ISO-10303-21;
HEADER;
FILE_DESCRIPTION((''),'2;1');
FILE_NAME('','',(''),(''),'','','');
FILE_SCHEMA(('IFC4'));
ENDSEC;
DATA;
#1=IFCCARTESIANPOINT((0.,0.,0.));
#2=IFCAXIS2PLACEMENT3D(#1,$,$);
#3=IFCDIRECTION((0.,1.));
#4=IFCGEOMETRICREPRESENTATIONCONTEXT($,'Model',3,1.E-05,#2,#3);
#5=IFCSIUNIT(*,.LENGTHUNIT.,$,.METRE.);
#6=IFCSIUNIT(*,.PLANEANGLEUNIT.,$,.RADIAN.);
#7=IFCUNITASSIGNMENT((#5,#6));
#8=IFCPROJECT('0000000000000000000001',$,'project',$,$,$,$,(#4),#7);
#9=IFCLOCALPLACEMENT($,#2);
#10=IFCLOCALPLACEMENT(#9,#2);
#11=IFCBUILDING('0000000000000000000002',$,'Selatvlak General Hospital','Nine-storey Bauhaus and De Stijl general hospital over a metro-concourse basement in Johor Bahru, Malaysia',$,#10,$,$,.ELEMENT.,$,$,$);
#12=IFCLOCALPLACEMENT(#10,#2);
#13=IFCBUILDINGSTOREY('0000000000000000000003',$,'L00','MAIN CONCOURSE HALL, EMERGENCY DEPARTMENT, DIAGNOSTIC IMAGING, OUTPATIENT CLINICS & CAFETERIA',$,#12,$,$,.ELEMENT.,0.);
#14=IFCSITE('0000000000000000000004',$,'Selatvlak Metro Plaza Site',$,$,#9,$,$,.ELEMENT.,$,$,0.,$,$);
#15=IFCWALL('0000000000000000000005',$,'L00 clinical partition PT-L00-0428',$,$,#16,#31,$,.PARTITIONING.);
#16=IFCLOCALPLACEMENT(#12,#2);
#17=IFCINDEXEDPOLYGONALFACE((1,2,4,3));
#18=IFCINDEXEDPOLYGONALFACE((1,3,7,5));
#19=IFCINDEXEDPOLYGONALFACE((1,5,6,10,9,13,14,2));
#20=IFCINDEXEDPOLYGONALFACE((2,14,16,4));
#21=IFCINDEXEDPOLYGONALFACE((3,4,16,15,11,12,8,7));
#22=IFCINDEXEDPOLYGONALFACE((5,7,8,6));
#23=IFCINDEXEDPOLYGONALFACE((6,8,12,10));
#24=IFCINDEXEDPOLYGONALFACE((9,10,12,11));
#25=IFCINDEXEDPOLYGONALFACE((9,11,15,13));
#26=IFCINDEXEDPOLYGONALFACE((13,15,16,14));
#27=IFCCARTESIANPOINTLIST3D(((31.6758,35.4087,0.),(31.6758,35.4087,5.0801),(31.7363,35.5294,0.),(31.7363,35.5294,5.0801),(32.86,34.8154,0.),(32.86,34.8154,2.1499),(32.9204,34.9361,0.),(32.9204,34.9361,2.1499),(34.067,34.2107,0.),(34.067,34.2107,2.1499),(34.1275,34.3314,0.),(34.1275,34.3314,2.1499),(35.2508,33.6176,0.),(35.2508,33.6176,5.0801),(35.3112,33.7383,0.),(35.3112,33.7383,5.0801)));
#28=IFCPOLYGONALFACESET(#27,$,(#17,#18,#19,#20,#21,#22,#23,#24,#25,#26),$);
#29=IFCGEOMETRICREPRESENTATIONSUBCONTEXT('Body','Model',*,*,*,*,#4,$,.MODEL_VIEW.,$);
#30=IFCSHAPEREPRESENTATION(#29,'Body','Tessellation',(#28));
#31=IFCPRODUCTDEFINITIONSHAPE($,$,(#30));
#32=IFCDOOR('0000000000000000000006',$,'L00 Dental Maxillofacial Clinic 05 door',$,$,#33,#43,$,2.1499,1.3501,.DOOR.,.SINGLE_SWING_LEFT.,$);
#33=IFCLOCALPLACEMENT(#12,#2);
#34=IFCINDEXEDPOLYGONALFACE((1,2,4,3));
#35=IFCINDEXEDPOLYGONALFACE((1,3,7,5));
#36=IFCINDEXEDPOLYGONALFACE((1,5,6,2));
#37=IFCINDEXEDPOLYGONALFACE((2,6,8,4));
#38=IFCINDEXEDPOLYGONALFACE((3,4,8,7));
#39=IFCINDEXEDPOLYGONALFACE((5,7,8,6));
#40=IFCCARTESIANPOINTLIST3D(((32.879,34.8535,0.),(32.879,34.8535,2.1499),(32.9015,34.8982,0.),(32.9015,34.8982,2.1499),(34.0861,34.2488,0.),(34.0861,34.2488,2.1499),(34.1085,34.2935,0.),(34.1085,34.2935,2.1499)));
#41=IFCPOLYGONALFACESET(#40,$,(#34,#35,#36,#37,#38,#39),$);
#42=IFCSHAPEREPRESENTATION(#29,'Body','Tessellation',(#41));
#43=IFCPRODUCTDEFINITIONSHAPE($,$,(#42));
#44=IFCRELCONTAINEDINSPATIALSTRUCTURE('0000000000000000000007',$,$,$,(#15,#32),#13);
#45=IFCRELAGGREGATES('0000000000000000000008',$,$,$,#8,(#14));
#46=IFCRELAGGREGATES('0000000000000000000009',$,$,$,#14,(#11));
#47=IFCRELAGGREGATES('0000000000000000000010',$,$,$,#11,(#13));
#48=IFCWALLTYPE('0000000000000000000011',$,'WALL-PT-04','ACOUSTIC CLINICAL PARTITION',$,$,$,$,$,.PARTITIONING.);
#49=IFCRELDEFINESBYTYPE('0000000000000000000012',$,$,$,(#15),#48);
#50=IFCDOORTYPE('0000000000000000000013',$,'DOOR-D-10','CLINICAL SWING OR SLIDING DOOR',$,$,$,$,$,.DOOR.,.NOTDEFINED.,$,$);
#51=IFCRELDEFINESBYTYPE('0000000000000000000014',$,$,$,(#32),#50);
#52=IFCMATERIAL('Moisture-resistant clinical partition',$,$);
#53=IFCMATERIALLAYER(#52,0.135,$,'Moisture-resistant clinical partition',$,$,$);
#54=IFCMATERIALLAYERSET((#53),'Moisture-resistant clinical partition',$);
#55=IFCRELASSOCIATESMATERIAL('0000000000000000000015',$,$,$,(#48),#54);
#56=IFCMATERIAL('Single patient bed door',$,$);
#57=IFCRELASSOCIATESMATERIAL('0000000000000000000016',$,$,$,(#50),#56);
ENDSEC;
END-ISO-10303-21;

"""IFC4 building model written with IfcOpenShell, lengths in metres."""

from ifc_helpers import new_model, si_unit, direction, frame, frame_2d, origin, place, context, subcontext, project, spatial, rectangle, extrude, material, layer, layer_set, type_object, element, fill, save


model = new_model("IFC4")

# Units and contexts
model_context = context("Model", 3, precision=1e-05, world=origin(), true_north=direction((0.0, 1.0)))
body_context = subcontext(model_context, "Body", "Model", "MODEL_VIEW")
ifc_project = project(units=[si_unit("LENGTHUNIT", "METRE"), si_unit("PLANEANGLEUNIT", "RADIAN")], contexts=[model_context])

# Site, building, storey
site_placement = place(None, origin())
site = spatial("IfcSite", under=ifc_project, at=site_placement, Name="Selatvlak Metro Plaza Site", CompositionType="ELEMENT", RefElevation=0.0)
building_placement = place(site_placement, origin())
building = spatial("IfcBuilding", under=site, at=building_placement, Name="Selatvlak General Hospital", Description="Nine-storey Bauhaus and De Stijl general hospital over a metro-concourse basement in Johor Bahru, Malaysia", CompositionType="ELEMENT")
storey_placement = place(building_placement, origin())
storey = spatial("IfcBuildingStorey", under=building, at=storey_placement, Name="L00", Description="MAIN CONCOURSE HALL, EMERGENCY DEPARTMENT, DIAGNOSTIC IMAGING, OUTPATIENT CLINICS & CAFETERIA", CompositionType="ELEMENT", Elevation=0.0)

# Wall, opening, door
ifc_material_1 = material(Name="Moisture-resistant clinical partition")
ifc_layer_1 = layer(ifc_material_1, 0.135, Name="Moisture-resistant clinical partition")
ifc_layer_set_1 = layer_set([ifc_layer_1], Name="Moisture-resistant clinical partition")
wall_type_1 = type_object("IfcWallType", Name="WALL-PT-04", Description="ACOUSTIC CLINICAL PARTITION", PredefinedType="PARTITIONING", material=ifc_layer_set_1)
wall_1_placement = place(storey_placement, frame((35.281, 33.678, 0.0), z_axis=(0.0, 0.0, 1.0), x_axis=(-0.894073, 0.447922, 0.0)))
wall_1 = element("IfcWall", 1, at=wall_1_placement, inside=storey, type_object=wall_type_1, Name="L00 clinical partition PT-L00-0428", PredefinedType="PARTITIONING", context=body_context, shape_type="SweptSolid", body=[
    extrude(rectangle(XDim=3.9985, YDim=0.135, at=frame_2d((1.9993, 0.0))), origin(), (0.0, 0.0, 1.0), 5.0801),
])
opening_1_placement = place(wall_1_placement, frame((1.324, 0.0, 0.0)))
opening_1 = element("IfcOpeningElement", 2, at=opening_1_placement, cuts=wall_1, PredefinedType="OPENING", context=body_context, shape_type="SweptSolid", body=[
    extrude(rectangle(XDim=1.3501, YDim=2.1499, at=frame_2d((0.675, 1.075))), frame((0.0, 0.0774, 0.0), z_axis=(0.0, -1.0, 0.0), x_axis=(1.0, 0.0, 0.0)), (0.0, 0.0, 1.0), 0.155),
])
ifc_material_2 = material(Name="Single patient bed door")
door_type_1 = type_object("IfcDoorType", Name="DOOR-D-10", Description="CLINICAL SWING OR SLIDING DOOR", OperationType="NOTDEFINED", PredefinedType="DOOR", material=ifc_material_2)
door_1_placement = place(opening_1_placement, origin())
door_1 = element("IfcDoor", 3, at=door_1_placement, inside=storey, type_object=door_type_1, Name="L00 Dental Maxillofacial Clinic 05 door", OperationType="SINGLE_SWING_LEFT", OverallHeight=2.1499, OverallWidth=1.3501, PredefinedType="DOOR", context=body_context, shape_type="SweptSolid", body=[
    extrude(rectangle(XDim=1.3501, YDim=2.1499, at=frame_2d((0.675, 1.075))), frame((0.0, 0.0249, 0.0), z_axis=(0.0, -1.0, 0.0), x_axis=(1.0, 0.0, 0.0)), (0.0, 0.0, 1.0), 0.05),
])
fill(opening_1, door_1)

save(model, "model.ifc")
